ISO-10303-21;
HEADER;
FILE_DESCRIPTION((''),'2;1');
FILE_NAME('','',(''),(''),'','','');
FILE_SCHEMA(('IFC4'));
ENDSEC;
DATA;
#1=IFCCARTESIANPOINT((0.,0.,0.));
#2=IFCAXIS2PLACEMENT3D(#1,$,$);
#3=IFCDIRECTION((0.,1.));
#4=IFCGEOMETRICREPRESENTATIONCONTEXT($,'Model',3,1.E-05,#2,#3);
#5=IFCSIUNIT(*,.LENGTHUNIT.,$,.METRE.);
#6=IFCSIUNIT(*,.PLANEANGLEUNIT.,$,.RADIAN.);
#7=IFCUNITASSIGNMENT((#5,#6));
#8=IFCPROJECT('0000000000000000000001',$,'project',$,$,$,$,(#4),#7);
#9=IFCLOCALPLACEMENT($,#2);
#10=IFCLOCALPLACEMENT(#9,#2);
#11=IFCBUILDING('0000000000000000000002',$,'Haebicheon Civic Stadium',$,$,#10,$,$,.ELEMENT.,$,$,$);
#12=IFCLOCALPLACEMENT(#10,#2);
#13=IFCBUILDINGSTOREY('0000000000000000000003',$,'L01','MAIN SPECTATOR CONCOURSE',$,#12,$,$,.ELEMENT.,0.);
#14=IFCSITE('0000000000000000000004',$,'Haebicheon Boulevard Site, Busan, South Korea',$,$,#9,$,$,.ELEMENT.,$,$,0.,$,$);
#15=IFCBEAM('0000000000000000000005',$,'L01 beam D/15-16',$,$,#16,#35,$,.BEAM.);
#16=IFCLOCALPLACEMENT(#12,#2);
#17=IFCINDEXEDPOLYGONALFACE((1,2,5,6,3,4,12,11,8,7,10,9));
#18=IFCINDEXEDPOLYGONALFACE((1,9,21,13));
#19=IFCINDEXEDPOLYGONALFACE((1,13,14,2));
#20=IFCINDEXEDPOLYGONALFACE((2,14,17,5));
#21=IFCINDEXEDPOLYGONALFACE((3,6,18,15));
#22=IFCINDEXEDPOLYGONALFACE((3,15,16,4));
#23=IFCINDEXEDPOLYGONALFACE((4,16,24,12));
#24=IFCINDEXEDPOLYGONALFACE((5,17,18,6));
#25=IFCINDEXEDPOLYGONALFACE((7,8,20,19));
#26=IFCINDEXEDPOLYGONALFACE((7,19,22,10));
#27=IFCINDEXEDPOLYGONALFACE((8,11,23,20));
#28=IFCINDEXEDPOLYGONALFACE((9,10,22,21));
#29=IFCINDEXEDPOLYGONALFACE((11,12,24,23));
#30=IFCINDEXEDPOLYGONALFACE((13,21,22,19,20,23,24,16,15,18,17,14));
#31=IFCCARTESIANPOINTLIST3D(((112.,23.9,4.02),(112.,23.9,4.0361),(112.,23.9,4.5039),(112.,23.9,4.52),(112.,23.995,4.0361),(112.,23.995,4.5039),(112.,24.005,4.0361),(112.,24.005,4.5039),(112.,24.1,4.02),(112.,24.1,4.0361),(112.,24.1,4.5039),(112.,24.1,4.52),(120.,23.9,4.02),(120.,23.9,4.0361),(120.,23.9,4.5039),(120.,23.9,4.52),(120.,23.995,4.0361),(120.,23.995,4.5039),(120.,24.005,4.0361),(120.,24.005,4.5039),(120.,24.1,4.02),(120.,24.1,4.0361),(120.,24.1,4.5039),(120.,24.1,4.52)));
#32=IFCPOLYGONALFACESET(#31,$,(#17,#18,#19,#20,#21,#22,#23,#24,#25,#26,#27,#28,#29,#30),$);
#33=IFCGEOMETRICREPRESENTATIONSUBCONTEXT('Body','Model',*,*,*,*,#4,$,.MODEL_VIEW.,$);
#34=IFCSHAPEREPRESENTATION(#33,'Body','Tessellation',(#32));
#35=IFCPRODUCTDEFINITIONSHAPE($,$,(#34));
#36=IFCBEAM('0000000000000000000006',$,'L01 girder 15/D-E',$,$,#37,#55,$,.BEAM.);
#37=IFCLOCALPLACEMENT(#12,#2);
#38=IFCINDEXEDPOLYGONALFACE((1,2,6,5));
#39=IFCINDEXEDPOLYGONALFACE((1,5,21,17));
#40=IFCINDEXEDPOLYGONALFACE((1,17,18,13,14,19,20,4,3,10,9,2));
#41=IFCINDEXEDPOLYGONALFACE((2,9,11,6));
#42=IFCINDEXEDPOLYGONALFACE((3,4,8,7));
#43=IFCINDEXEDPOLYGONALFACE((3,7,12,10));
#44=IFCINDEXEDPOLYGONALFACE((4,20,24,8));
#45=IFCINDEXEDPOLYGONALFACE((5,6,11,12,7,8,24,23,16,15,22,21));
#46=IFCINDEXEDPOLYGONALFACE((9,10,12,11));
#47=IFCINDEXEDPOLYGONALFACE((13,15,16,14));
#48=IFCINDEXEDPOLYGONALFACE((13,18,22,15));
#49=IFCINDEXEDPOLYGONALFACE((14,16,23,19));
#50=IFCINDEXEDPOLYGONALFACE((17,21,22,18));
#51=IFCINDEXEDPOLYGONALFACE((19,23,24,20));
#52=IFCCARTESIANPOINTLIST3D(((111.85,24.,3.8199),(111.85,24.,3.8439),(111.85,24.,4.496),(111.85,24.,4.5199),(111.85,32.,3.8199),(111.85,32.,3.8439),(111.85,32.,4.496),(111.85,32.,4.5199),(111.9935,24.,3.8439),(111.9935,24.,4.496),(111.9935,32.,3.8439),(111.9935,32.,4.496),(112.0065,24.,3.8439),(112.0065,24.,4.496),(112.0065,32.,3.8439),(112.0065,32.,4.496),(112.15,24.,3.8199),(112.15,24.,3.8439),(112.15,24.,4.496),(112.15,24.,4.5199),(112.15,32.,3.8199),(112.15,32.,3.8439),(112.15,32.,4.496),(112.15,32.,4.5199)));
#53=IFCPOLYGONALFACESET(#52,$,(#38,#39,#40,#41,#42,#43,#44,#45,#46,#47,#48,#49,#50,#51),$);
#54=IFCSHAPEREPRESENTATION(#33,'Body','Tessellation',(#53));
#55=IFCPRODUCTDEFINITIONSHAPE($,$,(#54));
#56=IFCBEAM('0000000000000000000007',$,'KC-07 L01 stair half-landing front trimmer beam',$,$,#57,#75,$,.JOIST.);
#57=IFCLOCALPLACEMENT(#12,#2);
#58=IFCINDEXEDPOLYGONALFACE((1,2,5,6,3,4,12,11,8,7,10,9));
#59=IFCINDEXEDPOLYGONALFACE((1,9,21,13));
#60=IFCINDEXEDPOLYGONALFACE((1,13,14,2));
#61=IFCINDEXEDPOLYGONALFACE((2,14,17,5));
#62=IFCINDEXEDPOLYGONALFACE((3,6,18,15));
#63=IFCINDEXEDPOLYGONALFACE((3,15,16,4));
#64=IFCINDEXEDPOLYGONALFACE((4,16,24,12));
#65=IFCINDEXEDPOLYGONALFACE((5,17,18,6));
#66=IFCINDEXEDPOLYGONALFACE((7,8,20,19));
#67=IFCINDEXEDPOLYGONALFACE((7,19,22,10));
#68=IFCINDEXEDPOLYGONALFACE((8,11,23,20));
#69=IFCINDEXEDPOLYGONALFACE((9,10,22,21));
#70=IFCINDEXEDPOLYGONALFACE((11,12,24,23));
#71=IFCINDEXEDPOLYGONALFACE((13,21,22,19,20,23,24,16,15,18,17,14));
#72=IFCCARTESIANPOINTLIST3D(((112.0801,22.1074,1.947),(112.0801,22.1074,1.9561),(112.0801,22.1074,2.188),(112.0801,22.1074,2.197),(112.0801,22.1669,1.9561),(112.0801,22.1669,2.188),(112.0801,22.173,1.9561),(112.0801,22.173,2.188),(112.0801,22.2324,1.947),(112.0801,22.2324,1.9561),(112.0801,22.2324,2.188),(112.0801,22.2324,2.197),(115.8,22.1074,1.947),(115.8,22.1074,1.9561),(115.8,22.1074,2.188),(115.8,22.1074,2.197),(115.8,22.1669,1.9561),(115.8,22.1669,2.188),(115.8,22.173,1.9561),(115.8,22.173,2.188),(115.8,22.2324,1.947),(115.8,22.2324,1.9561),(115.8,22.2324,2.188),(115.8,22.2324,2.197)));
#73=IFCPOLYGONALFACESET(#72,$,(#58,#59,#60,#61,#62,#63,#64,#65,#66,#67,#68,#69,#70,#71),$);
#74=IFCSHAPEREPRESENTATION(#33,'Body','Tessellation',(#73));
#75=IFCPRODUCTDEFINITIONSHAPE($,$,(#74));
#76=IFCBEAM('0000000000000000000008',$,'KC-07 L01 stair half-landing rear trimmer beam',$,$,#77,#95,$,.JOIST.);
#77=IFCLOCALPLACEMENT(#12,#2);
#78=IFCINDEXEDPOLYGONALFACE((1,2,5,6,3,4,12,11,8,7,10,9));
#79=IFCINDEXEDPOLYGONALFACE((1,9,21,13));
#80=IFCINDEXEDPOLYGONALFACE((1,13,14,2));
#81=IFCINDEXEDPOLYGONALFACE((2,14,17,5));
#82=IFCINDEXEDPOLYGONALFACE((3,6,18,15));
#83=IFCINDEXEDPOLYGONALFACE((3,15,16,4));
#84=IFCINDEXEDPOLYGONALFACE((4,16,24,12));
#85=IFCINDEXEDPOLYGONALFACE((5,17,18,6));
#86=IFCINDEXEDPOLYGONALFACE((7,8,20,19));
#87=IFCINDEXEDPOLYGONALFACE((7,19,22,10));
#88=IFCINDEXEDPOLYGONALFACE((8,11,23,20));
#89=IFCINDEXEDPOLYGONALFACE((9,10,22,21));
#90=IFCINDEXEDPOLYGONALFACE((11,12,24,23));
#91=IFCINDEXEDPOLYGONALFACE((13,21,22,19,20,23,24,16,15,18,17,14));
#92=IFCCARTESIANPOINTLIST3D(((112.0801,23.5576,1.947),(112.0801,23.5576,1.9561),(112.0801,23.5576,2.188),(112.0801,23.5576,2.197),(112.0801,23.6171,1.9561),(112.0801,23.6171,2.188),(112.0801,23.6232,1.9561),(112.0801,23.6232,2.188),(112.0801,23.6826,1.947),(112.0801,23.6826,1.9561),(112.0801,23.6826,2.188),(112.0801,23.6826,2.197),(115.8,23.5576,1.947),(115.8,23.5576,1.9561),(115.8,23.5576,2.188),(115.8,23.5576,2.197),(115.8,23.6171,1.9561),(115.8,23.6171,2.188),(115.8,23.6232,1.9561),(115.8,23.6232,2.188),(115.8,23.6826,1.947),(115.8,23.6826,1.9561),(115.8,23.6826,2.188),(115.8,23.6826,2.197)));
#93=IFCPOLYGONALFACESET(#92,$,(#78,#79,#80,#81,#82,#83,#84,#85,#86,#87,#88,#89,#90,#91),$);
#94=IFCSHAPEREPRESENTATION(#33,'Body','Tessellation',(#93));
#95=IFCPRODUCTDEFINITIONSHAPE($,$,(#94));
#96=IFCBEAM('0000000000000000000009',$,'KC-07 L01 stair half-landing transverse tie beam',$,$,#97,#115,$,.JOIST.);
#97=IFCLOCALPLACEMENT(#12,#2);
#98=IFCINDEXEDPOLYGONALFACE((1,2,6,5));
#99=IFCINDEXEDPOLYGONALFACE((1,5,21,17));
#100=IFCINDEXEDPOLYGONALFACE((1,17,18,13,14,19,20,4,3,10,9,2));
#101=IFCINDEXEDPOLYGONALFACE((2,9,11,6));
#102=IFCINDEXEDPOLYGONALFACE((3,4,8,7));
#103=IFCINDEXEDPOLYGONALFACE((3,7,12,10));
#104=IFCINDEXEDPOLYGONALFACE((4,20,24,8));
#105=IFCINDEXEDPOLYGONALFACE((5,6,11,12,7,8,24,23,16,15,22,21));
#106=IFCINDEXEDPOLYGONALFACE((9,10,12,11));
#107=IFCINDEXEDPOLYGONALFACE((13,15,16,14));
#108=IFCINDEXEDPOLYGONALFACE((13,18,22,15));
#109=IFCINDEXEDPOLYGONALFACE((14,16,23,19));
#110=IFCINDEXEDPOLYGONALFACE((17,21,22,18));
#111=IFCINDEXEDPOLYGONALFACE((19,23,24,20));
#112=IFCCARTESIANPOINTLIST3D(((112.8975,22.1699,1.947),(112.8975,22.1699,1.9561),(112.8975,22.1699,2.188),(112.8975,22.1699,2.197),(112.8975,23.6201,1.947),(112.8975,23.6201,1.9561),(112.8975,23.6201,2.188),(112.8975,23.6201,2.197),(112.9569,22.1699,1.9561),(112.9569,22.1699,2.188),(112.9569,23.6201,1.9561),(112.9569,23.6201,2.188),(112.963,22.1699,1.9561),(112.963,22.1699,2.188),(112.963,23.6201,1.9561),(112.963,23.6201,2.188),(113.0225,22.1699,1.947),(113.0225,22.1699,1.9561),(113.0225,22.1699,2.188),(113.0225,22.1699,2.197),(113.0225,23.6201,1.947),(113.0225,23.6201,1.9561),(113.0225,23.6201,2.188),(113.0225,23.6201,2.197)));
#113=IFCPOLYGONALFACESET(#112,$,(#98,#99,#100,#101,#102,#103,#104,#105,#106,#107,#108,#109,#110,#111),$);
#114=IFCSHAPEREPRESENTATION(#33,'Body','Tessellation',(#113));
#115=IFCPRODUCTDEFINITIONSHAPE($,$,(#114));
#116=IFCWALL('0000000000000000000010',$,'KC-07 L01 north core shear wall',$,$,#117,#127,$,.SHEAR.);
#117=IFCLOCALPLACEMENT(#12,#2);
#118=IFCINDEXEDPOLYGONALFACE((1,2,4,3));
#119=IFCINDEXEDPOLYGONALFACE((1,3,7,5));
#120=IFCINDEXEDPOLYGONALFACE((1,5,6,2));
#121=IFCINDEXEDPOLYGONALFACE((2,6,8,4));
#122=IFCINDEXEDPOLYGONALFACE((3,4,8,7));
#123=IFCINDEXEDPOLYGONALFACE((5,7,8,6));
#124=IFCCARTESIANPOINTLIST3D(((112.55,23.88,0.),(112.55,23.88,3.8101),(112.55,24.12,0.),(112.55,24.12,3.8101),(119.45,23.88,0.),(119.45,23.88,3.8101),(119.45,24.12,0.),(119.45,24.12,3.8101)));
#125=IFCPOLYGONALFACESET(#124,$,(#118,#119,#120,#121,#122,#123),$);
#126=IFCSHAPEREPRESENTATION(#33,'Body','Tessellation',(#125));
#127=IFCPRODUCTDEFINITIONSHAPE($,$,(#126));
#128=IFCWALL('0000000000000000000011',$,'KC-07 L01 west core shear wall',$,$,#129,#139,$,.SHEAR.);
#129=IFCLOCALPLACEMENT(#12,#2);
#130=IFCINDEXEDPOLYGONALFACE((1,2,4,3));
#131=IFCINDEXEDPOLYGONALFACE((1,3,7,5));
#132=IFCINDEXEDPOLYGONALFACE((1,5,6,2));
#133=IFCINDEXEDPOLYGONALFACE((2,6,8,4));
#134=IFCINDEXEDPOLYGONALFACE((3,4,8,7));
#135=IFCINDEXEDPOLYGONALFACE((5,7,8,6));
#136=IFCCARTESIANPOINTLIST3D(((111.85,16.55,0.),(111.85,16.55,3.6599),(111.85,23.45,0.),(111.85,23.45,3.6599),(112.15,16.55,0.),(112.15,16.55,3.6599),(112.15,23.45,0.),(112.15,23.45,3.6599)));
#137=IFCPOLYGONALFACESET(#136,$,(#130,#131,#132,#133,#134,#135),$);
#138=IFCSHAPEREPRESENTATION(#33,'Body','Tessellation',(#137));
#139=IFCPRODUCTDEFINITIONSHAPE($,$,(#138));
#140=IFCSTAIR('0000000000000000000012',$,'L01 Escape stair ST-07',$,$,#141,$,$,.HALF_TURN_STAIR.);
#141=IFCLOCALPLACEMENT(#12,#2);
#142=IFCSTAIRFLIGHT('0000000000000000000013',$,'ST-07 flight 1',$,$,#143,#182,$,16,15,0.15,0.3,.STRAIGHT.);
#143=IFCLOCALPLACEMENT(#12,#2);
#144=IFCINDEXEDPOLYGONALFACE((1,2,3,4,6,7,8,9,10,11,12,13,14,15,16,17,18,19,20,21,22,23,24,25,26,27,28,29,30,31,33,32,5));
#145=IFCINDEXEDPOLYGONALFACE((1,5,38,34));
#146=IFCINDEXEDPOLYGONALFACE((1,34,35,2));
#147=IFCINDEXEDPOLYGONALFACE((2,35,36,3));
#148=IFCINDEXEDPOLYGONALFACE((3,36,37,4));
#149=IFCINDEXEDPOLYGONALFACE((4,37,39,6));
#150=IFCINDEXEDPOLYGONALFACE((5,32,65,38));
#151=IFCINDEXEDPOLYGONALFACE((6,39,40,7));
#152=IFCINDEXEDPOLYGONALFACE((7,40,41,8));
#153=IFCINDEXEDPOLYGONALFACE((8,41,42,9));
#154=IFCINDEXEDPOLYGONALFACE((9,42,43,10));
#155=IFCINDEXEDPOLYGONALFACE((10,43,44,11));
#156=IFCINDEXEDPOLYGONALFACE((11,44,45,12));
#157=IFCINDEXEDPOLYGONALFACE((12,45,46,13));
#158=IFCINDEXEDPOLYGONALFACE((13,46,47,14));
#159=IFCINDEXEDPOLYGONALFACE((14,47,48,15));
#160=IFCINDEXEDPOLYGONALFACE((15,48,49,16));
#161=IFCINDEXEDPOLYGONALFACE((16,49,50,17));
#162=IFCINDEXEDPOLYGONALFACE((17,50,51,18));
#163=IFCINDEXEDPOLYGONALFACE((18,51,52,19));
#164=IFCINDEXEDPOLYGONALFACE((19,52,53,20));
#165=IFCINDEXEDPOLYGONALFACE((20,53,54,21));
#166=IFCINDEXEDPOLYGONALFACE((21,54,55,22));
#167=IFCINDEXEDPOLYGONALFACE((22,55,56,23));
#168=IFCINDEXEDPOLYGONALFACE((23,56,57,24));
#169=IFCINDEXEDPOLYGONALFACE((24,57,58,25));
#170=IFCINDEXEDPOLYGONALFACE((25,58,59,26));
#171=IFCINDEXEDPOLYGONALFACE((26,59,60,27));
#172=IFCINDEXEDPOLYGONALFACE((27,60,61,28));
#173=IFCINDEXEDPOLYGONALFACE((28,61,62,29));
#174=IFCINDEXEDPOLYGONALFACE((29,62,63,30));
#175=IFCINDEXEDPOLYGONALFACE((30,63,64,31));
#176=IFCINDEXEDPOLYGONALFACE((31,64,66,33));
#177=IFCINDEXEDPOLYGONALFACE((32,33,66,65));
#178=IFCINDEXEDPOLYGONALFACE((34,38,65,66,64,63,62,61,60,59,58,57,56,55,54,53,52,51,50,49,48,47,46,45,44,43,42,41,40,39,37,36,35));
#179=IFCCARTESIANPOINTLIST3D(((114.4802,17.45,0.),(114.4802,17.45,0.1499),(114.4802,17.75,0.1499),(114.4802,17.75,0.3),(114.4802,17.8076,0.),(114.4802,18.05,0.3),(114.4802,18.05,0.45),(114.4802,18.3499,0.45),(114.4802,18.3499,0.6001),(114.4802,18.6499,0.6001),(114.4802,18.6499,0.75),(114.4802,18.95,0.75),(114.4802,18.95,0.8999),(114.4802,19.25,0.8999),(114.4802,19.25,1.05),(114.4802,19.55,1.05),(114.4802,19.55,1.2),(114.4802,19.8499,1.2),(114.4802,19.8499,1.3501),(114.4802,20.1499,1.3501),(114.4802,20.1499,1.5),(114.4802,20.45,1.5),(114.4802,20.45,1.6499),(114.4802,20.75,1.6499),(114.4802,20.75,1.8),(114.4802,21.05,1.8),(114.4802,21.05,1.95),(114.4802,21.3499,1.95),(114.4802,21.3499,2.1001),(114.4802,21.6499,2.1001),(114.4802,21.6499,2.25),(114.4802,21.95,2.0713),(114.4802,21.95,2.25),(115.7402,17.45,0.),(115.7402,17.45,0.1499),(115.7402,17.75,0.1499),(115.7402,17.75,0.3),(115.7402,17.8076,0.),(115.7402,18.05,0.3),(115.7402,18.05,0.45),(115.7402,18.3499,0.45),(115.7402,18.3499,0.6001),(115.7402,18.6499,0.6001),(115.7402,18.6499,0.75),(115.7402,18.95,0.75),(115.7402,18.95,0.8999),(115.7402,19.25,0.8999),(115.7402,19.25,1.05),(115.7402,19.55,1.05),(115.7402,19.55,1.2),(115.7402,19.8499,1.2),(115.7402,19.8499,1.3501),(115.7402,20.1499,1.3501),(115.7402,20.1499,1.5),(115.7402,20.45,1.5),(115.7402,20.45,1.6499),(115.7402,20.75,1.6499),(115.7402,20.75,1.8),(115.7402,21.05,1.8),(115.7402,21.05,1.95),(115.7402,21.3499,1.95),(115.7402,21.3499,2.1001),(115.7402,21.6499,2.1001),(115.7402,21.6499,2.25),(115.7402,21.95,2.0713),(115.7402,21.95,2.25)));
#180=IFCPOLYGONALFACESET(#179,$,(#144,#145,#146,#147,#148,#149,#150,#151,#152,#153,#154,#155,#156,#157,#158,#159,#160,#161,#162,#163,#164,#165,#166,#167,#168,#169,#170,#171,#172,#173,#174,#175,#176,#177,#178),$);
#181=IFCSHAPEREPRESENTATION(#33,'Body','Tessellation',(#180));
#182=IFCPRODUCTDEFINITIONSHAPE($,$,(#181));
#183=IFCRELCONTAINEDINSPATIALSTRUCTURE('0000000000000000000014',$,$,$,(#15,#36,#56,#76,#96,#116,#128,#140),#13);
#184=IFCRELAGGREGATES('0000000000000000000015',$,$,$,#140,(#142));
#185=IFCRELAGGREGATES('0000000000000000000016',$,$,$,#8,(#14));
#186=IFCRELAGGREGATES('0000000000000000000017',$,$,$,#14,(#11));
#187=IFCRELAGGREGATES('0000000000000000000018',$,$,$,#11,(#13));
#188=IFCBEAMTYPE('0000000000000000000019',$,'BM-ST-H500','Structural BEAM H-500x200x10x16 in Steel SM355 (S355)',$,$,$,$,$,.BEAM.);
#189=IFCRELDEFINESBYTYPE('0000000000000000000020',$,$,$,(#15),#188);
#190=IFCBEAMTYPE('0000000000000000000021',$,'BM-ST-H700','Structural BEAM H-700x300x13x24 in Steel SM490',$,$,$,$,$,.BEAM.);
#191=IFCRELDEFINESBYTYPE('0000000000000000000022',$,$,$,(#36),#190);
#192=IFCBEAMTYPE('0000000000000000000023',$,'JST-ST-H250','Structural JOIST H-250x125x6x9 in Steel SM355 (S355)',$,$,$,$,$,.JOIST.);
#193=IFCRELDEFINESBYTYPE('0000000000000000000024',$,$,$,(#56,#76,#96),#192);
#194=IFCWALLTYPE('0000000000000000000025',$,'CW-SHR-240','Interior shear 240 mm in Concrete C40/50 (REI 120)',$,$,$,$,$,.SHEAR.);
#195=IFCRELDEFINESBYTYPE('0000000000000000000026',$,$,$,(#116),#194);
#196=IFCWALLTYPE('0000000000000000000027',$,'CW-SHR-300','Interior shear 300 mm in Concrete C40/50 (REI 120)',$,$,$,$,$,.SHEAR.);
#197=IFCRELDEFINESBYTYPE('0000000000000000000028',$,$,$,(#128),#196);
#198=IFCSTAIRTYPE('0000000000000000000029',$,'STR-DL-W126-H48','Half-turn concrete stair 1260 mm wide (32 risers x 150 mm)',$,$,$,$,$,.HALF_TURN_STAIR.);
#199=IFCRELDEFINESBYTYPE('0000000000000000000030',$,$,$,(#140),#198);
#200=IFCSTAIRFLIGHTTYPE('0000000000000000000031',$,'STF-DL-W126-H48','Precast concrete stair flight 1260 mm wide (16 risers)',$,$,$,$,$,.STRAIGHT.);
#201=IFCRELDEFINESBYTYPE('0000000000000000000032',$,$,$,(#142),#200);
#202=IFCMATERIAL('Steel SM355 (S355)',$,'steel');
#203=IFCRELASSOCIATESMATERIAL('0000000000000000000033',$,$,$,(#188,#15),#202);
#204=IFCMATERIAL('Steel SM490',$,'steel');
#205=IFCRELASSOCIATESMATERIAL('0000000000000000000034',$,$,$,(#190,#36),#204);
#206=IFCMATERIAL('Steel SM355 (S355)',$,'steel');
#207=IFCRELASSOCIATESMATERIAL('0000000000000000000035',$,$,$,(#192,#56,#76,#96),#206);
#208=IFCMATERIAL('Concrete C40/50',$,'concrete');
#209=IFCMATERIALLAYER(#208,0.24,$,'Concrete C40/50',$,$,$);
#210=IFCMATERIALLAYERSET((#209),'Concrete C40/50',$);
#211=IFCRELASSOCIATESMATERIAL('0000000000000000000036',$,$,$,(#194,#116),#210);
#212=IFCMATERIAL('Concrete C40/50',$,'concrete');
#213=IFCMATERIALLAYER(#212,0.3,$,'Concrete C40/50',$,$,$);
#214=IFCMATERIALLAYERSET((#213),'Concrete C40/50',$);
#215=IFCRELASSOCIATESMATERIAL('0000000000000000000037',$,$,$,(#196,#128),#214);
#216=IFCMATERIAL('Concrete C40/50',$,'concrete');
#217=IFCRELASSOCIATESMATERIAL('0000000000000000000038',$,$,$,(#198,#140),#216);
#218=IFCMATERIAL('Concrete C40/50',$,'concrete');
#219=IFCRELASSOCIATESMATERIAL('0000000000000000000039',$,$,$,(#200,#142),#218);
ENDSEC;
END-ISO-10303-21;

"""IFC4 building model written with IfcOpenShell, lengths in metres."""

from ifc_helpers import new_model, si_unit, direction, frame, frame_2d, origin, origin_2d, place, context, subcontext, project, spatial, polyline, rectangle, i_section, outline, extrude, material, layer, layer_set, material_profile, profile_set, type_object, element, aggregate, save


model = new_model("IFC4")

# Units and contexts
model_context = context("Model", 3, precision=1e-05, world=origin(), true_north=direction((0.0, 1.0)))
body_context = subcontext(model_context, "Body", "Model", "MODEL_VIEW")
ifc_project = project(units=[si_unit("LENGTHUNIT", "METRE"), si_unit("PLANEANGLEUNIT", "RADIAN")], contexts=[model_context])

# Site, building, storey
site_placement = place(None, origin())
site = spatial("IfcSite", under=ifc_project, at=site_placement, Name="Haebicheon Boulevard Site, Busan, South Korea", CompositionType="ELEMENT", RefElevation=0.0)
building_placement = place(site_placement, origin())
building = spatial("IfcBuilding", under=site, at=building_placement, Name="Haebicheon Civic Stadium", CompositionType="ELEMENT")
storey_placement = place(building_placement, origin())
storey = spatial("IfcBuildingStorey", under=building, at=storey_placement, Name="L01", Description="MAIN SPECTATOR CONCOURSE", CompositionType="ELEMENT", Elevation=0.0)

# Beams
ifc_material_1 = material(Name="Steel SM355 (S355)", Category="steel")
ifc_material_profile_1 = material_profile(ifc_material_1, i_section(OverallWidth=0.2, OverallDepth=0.5, WebThickness=0.01, FlangeThickness=0.0161, at=origin_2d()), Name="H-500x200x10x16")
ifc_profile_set_1 = profile_set([ifc_material_profile_1], Name="Steel SM355 (S355)")
beam_type_1 = type_object("IfcBeamType", Name="BM-ST-H500", Description="Structural BEAM H-500x200x10x16 in Steel SM355 (S355)", PredefinedType="BEAM", material=ifc_profile_set_1)
beam_1_placement = place(storey_placement, frame((112.0, 24.0, 4.27), z_axis=(1.0, 0.0, 0.0), x_axis=(0.0, 1.0, 0.0)))
element("IfcBeam", 1, at=beam_1_placement, inside=storey, type_object=beam_type_1, material=ifc_profile_set_1, Name="L01 beam D/15-16", PredefinedType="BEAM", context=body_context, shape_type="SweptSolid", body=[
    extrude(i_section(OverallWidth=0.2, OverallDepth=0.5, WebThickness=0.01, FlangeThickness=0.0161, at=origin_2d()), origin(), (0.0, 0.0, 1.0), 8.0),
])
ifc_material_2 = material(Name="Steel SM490", Category="steel")
ifc_material_profile_2 = material_profile(ifc_material_2, i_section(OverallWidth=0.3, OverallDepth=0.7, WebThickness=0.0129, FlangeThickness=0.0239, at=origin_2d()), Name="H-700x300x13x24")
ifc_profile_set_2 = profile_set([ifc_material_profile_2], Name="Steel SM490")
beam_type_2 = type_object("IfcBeamType", Name="BM-ST-H700", Description="Structural BEAM H-700x300x13x24 in Steel SM490", PredefinedType="BEAM", material=ifc_profile_set_2)
beam_2_placement = place(storey_placement, frame((112.0, 24.0, 4.1699), z_axis=(0.0, 1.0, 0.0), x_axis=(-1.0, 0.0, 0.0)))
element("IfcBeam", 2, at=beam_2_placement, inside=storey, type_object=beam_type_2, material=ifc_profile_set_2, Name="L01 girder 15/D-E", PredefinedType="BEAM", context=body_context, shape_type="SweptSolid", body=[
    extrude(i_section(OverallWidth=0.3, OverallDepth=0.7, WebThickness=0.0129, FlangeThickness=0.0239, at=origin_2d()), origin(), (0.0, 0.0, 1.0), 8.0),
])
ifc_material_3 = material(Name="Steel SM355 (S355)", Category="steel")
ifc_material_profile_3 = material_profile(ifc_material_3, i_section(OverallWidth=0.125, OverallDepth=0.25, WebThickness=0.0061, FlangeThickness=0.009, at=origin_2d()), Name="H-250x125x6x9")
ifc_profile_set_3 = profile_set([ifc_material_profile_3], Name="Steel SM355 (S355)")
beam_type_3 = type_object("IfcBeamType", Name="JST-ST-H250", Description="Structural JOIST H-250x125x6x9 in Steel SM355 (S355)", PredefinedType="JOIST", material=ifc_profile_set_3)
for number, where, z_axis, x_axis, name in (
    (3, (112.0801, 22.1699, 2.072), (1.0, 0.0, 0.0), (0.0, 1.0, 0.0), "KC-07 L01 stair half-landing front trimmer beam"),
    (4, (112.0801, 23.6201, 2.072), (1.0, 0.0, 0.0), (0.0, 1.0, 0.0), "KC-07 L01 stair half-landing rear trimmer beam"),
):
    element("IfcBeam", number, at=place(storey_placement, frame(where, z_axis=z_axis, x_axis=x_axis)), inside=storey, type_object=beam_type_3, material=ifc_profile_set_3, Name=name, PredefinedType="JOIST", context=body_context, shape_type="SweptSolid", body=[
        extrude(i_section(OverallWidth=0.125, OverallDepth=0.25, WebThickness=0.0061, FlangeThickness=0.009, at=origin_2d()), origin(), (0.0, 0.0, 1.0), 3.72),
    ])
beam_3_placement = place(storey_placement, frame((112.96, 22.1699, 2.072), z_axis=(0.0, 1.0, 0.0), x_axis=(-1.0, 0.0, 0.0)))
element("IfcBeam", 5, at=beam_3_placement, inside=storey, type_object=beam_type_3, material=ifc_profile_set_3, Name="KC-07 L01 stair half-landing transverse tie beam", PredefinedType="JOIST", context=body_context, shape_type="SweptSolid", body=[
    extrude(i_section(OverallWidth=0.125, OverallDepth=0.25, WebThickness=0.0061, FlangeThickness=0.009, at=origin_2d()), origin(), (0.0, 0.0, 1.0), 1.4502),
])

# Walls
ifc_material_4 = material(Name="Concrete C40/50", Category="concrete")
ifc_layer_1 = layer(ifc_material_4, 0.24, Name="Concrete C40/50")
ifc_layer_set_1 = layer_set([ifc_layer_1], Name="Concrete C40/50")
wall_type_1 = type_object("IfcWallType", Name="CW-SHR-240", Description="Interior shear 240 mm in Concrete C40/50 (REI 120)", PredefinedType="SHEAR", material=ifc_layer_set_1)
wall_1_placement = place(storey_placement, frame((112.55, 24.0, 0.0), z_axis=(0.0, 0.0, 1.0), x_axis=(1.0, 0.0, 0.0)))
element("IfcWall", 6, at=wall_1_placement, inside=storey, type_object=wall_type_1, material=ifc_layer_set_1, Name="KC-07 L01 north core shear wall", PredefinedType="SHEAR", context=body_context, shape_type="SweptSolid", body=[
    extrude(rectangle(XDim=6.8999, YDim=0.24, at=frame_2d((3.45, 0.0))), origin(), (0.0, 0.0, 1.0), 3.8101),
])
ifc_material_5 = material(Name="Concrete C40/50", Category="concrete")
ifc_layer_2 = layer(ifc_material_5, 0.3, Name="Concrete C40/50")
ifc_layer_set_2 = layer_set([ifc_layer_2], Name="Concrete C40/50")
wall_type_2 = type_object("IfcWallType", Name="CW-SHR-300", Description="Interior shear 300 mm in Concrete C40/50 (REI 120)", PredefinedType="SHEAR", material=ifc_layer_set_2)
wall_2_placement = place(storey_placement, frame((112.0, 16.55, 0.0), z_axis=(0.0, 0.0, 1.0), x_axis=(0.0, 1.0, 0.0)))
element("IfcWall", 7, at=wall_2_placement, inside=storey, type_object=wall_type_2, material=ifc_layer_set_2, Name="KC-07 L01 west core shear wall", PredefinedType="SHEAR", context=body_context, shape_type="SweptSolid", body=[
    extrude(rectangle(XDim=6.8999, YDim=0.3, at=frame_2d((3.45, 0.0))), origin(), (0.0, 0.0, 1.0), 3.6599),
])

# Stair, stair flight
ifc_material_6 = material(Name="Concrete C40/50", Category="concrete")
stair_type = type_object("IfcStairType", Name="STR-DL-W126-H48", Description="Half-turn concrete stair 1260 mm wide (32 risers x 150 mm)", PredefinedType="HALF_TURN_STAIR", material=ifc_material_6)
stair_placement = place(storey_placement, origin())
stair = element("IfcStair", 8, at=stair_placement, inside=storey, type_object=stair_type, material=ifc_material_6, Name="L01 Escape stair ST-07", PredefinedType="HALF_TURN_STAIR")
ifc_material_7 = material(Name="Concrete C40/50", Category="concrete")
stair_flight_type = type_object("IfcStairFlightType", Name="STF-DL-W126-H48", Description="Precast concrete stair flight 1260 mm wide (16 risers)", PredefinedType="STRAIGHT", material=ifc_material_7)
stair_flight_1_placement = place(storey_placement, frame((115.1101, 17.45, 0.0), z_axis=(0.0, 0.0, 1.0), x_axis=(0.0, 1.0, 0.0)))
stair_flight_1 = element("IfcStairFlight", 9, at=stair_flight_1_placement, type_object=stair_flight_type, material=ifc_material_7, Name="ST-07 flight 1", NumberOfRisers=16, NumberOfTreads=15, PredefinedType="STRAIGHT", RiserHeight=0.15, TreadLength=0.3, context=body_context, shape_type="SweptSolid", body=[
    extrude(outline(polyline([(0.0, 0.0), (0.0, 0.1499), (0.3, 0.1499), (0.3, 0.3), (0.6001, 0.3), (0.6001, 0.45), (0.8999, 0.45), (0.8999, 0.6001), (1.2, 0.6001), (1.2, 0.75), (1.5, 0.75), (1.5, 0.8999), (1.8, 0.8999), (1.8, 1.05), (2.1001, 1.05), (2.1001, 1.2), (2.3999, 1.2), (2.3999, 1.3501), (2.7, 1.3501), (2.7, 1.5), (3.0, 1.5), (3.0, 1.6499), (3.3, 1.6499), (3.3, 1.8), (3.6001, 1.8), (3.6001, 1.95), (3.8999, 1.95), (3.8999, 2.1001), (4.2, 2.1001), (4.2, 2.25), (4.5, 2.25), (4.5, 2.3999), (4.5, 2.0713), (0.3577, 0.0), (0.0, 0.0)])), frame((0.0, 0.6299, 0.0), z_axis=(0.0, -1.0, 0.0), x_axis=(1.0, 0.0, 0.0)), (0.0, 0.0, 1.0), 1.26),
])
aggregate(stair, [stair_flight_1])

save(model, "model.ifc")
